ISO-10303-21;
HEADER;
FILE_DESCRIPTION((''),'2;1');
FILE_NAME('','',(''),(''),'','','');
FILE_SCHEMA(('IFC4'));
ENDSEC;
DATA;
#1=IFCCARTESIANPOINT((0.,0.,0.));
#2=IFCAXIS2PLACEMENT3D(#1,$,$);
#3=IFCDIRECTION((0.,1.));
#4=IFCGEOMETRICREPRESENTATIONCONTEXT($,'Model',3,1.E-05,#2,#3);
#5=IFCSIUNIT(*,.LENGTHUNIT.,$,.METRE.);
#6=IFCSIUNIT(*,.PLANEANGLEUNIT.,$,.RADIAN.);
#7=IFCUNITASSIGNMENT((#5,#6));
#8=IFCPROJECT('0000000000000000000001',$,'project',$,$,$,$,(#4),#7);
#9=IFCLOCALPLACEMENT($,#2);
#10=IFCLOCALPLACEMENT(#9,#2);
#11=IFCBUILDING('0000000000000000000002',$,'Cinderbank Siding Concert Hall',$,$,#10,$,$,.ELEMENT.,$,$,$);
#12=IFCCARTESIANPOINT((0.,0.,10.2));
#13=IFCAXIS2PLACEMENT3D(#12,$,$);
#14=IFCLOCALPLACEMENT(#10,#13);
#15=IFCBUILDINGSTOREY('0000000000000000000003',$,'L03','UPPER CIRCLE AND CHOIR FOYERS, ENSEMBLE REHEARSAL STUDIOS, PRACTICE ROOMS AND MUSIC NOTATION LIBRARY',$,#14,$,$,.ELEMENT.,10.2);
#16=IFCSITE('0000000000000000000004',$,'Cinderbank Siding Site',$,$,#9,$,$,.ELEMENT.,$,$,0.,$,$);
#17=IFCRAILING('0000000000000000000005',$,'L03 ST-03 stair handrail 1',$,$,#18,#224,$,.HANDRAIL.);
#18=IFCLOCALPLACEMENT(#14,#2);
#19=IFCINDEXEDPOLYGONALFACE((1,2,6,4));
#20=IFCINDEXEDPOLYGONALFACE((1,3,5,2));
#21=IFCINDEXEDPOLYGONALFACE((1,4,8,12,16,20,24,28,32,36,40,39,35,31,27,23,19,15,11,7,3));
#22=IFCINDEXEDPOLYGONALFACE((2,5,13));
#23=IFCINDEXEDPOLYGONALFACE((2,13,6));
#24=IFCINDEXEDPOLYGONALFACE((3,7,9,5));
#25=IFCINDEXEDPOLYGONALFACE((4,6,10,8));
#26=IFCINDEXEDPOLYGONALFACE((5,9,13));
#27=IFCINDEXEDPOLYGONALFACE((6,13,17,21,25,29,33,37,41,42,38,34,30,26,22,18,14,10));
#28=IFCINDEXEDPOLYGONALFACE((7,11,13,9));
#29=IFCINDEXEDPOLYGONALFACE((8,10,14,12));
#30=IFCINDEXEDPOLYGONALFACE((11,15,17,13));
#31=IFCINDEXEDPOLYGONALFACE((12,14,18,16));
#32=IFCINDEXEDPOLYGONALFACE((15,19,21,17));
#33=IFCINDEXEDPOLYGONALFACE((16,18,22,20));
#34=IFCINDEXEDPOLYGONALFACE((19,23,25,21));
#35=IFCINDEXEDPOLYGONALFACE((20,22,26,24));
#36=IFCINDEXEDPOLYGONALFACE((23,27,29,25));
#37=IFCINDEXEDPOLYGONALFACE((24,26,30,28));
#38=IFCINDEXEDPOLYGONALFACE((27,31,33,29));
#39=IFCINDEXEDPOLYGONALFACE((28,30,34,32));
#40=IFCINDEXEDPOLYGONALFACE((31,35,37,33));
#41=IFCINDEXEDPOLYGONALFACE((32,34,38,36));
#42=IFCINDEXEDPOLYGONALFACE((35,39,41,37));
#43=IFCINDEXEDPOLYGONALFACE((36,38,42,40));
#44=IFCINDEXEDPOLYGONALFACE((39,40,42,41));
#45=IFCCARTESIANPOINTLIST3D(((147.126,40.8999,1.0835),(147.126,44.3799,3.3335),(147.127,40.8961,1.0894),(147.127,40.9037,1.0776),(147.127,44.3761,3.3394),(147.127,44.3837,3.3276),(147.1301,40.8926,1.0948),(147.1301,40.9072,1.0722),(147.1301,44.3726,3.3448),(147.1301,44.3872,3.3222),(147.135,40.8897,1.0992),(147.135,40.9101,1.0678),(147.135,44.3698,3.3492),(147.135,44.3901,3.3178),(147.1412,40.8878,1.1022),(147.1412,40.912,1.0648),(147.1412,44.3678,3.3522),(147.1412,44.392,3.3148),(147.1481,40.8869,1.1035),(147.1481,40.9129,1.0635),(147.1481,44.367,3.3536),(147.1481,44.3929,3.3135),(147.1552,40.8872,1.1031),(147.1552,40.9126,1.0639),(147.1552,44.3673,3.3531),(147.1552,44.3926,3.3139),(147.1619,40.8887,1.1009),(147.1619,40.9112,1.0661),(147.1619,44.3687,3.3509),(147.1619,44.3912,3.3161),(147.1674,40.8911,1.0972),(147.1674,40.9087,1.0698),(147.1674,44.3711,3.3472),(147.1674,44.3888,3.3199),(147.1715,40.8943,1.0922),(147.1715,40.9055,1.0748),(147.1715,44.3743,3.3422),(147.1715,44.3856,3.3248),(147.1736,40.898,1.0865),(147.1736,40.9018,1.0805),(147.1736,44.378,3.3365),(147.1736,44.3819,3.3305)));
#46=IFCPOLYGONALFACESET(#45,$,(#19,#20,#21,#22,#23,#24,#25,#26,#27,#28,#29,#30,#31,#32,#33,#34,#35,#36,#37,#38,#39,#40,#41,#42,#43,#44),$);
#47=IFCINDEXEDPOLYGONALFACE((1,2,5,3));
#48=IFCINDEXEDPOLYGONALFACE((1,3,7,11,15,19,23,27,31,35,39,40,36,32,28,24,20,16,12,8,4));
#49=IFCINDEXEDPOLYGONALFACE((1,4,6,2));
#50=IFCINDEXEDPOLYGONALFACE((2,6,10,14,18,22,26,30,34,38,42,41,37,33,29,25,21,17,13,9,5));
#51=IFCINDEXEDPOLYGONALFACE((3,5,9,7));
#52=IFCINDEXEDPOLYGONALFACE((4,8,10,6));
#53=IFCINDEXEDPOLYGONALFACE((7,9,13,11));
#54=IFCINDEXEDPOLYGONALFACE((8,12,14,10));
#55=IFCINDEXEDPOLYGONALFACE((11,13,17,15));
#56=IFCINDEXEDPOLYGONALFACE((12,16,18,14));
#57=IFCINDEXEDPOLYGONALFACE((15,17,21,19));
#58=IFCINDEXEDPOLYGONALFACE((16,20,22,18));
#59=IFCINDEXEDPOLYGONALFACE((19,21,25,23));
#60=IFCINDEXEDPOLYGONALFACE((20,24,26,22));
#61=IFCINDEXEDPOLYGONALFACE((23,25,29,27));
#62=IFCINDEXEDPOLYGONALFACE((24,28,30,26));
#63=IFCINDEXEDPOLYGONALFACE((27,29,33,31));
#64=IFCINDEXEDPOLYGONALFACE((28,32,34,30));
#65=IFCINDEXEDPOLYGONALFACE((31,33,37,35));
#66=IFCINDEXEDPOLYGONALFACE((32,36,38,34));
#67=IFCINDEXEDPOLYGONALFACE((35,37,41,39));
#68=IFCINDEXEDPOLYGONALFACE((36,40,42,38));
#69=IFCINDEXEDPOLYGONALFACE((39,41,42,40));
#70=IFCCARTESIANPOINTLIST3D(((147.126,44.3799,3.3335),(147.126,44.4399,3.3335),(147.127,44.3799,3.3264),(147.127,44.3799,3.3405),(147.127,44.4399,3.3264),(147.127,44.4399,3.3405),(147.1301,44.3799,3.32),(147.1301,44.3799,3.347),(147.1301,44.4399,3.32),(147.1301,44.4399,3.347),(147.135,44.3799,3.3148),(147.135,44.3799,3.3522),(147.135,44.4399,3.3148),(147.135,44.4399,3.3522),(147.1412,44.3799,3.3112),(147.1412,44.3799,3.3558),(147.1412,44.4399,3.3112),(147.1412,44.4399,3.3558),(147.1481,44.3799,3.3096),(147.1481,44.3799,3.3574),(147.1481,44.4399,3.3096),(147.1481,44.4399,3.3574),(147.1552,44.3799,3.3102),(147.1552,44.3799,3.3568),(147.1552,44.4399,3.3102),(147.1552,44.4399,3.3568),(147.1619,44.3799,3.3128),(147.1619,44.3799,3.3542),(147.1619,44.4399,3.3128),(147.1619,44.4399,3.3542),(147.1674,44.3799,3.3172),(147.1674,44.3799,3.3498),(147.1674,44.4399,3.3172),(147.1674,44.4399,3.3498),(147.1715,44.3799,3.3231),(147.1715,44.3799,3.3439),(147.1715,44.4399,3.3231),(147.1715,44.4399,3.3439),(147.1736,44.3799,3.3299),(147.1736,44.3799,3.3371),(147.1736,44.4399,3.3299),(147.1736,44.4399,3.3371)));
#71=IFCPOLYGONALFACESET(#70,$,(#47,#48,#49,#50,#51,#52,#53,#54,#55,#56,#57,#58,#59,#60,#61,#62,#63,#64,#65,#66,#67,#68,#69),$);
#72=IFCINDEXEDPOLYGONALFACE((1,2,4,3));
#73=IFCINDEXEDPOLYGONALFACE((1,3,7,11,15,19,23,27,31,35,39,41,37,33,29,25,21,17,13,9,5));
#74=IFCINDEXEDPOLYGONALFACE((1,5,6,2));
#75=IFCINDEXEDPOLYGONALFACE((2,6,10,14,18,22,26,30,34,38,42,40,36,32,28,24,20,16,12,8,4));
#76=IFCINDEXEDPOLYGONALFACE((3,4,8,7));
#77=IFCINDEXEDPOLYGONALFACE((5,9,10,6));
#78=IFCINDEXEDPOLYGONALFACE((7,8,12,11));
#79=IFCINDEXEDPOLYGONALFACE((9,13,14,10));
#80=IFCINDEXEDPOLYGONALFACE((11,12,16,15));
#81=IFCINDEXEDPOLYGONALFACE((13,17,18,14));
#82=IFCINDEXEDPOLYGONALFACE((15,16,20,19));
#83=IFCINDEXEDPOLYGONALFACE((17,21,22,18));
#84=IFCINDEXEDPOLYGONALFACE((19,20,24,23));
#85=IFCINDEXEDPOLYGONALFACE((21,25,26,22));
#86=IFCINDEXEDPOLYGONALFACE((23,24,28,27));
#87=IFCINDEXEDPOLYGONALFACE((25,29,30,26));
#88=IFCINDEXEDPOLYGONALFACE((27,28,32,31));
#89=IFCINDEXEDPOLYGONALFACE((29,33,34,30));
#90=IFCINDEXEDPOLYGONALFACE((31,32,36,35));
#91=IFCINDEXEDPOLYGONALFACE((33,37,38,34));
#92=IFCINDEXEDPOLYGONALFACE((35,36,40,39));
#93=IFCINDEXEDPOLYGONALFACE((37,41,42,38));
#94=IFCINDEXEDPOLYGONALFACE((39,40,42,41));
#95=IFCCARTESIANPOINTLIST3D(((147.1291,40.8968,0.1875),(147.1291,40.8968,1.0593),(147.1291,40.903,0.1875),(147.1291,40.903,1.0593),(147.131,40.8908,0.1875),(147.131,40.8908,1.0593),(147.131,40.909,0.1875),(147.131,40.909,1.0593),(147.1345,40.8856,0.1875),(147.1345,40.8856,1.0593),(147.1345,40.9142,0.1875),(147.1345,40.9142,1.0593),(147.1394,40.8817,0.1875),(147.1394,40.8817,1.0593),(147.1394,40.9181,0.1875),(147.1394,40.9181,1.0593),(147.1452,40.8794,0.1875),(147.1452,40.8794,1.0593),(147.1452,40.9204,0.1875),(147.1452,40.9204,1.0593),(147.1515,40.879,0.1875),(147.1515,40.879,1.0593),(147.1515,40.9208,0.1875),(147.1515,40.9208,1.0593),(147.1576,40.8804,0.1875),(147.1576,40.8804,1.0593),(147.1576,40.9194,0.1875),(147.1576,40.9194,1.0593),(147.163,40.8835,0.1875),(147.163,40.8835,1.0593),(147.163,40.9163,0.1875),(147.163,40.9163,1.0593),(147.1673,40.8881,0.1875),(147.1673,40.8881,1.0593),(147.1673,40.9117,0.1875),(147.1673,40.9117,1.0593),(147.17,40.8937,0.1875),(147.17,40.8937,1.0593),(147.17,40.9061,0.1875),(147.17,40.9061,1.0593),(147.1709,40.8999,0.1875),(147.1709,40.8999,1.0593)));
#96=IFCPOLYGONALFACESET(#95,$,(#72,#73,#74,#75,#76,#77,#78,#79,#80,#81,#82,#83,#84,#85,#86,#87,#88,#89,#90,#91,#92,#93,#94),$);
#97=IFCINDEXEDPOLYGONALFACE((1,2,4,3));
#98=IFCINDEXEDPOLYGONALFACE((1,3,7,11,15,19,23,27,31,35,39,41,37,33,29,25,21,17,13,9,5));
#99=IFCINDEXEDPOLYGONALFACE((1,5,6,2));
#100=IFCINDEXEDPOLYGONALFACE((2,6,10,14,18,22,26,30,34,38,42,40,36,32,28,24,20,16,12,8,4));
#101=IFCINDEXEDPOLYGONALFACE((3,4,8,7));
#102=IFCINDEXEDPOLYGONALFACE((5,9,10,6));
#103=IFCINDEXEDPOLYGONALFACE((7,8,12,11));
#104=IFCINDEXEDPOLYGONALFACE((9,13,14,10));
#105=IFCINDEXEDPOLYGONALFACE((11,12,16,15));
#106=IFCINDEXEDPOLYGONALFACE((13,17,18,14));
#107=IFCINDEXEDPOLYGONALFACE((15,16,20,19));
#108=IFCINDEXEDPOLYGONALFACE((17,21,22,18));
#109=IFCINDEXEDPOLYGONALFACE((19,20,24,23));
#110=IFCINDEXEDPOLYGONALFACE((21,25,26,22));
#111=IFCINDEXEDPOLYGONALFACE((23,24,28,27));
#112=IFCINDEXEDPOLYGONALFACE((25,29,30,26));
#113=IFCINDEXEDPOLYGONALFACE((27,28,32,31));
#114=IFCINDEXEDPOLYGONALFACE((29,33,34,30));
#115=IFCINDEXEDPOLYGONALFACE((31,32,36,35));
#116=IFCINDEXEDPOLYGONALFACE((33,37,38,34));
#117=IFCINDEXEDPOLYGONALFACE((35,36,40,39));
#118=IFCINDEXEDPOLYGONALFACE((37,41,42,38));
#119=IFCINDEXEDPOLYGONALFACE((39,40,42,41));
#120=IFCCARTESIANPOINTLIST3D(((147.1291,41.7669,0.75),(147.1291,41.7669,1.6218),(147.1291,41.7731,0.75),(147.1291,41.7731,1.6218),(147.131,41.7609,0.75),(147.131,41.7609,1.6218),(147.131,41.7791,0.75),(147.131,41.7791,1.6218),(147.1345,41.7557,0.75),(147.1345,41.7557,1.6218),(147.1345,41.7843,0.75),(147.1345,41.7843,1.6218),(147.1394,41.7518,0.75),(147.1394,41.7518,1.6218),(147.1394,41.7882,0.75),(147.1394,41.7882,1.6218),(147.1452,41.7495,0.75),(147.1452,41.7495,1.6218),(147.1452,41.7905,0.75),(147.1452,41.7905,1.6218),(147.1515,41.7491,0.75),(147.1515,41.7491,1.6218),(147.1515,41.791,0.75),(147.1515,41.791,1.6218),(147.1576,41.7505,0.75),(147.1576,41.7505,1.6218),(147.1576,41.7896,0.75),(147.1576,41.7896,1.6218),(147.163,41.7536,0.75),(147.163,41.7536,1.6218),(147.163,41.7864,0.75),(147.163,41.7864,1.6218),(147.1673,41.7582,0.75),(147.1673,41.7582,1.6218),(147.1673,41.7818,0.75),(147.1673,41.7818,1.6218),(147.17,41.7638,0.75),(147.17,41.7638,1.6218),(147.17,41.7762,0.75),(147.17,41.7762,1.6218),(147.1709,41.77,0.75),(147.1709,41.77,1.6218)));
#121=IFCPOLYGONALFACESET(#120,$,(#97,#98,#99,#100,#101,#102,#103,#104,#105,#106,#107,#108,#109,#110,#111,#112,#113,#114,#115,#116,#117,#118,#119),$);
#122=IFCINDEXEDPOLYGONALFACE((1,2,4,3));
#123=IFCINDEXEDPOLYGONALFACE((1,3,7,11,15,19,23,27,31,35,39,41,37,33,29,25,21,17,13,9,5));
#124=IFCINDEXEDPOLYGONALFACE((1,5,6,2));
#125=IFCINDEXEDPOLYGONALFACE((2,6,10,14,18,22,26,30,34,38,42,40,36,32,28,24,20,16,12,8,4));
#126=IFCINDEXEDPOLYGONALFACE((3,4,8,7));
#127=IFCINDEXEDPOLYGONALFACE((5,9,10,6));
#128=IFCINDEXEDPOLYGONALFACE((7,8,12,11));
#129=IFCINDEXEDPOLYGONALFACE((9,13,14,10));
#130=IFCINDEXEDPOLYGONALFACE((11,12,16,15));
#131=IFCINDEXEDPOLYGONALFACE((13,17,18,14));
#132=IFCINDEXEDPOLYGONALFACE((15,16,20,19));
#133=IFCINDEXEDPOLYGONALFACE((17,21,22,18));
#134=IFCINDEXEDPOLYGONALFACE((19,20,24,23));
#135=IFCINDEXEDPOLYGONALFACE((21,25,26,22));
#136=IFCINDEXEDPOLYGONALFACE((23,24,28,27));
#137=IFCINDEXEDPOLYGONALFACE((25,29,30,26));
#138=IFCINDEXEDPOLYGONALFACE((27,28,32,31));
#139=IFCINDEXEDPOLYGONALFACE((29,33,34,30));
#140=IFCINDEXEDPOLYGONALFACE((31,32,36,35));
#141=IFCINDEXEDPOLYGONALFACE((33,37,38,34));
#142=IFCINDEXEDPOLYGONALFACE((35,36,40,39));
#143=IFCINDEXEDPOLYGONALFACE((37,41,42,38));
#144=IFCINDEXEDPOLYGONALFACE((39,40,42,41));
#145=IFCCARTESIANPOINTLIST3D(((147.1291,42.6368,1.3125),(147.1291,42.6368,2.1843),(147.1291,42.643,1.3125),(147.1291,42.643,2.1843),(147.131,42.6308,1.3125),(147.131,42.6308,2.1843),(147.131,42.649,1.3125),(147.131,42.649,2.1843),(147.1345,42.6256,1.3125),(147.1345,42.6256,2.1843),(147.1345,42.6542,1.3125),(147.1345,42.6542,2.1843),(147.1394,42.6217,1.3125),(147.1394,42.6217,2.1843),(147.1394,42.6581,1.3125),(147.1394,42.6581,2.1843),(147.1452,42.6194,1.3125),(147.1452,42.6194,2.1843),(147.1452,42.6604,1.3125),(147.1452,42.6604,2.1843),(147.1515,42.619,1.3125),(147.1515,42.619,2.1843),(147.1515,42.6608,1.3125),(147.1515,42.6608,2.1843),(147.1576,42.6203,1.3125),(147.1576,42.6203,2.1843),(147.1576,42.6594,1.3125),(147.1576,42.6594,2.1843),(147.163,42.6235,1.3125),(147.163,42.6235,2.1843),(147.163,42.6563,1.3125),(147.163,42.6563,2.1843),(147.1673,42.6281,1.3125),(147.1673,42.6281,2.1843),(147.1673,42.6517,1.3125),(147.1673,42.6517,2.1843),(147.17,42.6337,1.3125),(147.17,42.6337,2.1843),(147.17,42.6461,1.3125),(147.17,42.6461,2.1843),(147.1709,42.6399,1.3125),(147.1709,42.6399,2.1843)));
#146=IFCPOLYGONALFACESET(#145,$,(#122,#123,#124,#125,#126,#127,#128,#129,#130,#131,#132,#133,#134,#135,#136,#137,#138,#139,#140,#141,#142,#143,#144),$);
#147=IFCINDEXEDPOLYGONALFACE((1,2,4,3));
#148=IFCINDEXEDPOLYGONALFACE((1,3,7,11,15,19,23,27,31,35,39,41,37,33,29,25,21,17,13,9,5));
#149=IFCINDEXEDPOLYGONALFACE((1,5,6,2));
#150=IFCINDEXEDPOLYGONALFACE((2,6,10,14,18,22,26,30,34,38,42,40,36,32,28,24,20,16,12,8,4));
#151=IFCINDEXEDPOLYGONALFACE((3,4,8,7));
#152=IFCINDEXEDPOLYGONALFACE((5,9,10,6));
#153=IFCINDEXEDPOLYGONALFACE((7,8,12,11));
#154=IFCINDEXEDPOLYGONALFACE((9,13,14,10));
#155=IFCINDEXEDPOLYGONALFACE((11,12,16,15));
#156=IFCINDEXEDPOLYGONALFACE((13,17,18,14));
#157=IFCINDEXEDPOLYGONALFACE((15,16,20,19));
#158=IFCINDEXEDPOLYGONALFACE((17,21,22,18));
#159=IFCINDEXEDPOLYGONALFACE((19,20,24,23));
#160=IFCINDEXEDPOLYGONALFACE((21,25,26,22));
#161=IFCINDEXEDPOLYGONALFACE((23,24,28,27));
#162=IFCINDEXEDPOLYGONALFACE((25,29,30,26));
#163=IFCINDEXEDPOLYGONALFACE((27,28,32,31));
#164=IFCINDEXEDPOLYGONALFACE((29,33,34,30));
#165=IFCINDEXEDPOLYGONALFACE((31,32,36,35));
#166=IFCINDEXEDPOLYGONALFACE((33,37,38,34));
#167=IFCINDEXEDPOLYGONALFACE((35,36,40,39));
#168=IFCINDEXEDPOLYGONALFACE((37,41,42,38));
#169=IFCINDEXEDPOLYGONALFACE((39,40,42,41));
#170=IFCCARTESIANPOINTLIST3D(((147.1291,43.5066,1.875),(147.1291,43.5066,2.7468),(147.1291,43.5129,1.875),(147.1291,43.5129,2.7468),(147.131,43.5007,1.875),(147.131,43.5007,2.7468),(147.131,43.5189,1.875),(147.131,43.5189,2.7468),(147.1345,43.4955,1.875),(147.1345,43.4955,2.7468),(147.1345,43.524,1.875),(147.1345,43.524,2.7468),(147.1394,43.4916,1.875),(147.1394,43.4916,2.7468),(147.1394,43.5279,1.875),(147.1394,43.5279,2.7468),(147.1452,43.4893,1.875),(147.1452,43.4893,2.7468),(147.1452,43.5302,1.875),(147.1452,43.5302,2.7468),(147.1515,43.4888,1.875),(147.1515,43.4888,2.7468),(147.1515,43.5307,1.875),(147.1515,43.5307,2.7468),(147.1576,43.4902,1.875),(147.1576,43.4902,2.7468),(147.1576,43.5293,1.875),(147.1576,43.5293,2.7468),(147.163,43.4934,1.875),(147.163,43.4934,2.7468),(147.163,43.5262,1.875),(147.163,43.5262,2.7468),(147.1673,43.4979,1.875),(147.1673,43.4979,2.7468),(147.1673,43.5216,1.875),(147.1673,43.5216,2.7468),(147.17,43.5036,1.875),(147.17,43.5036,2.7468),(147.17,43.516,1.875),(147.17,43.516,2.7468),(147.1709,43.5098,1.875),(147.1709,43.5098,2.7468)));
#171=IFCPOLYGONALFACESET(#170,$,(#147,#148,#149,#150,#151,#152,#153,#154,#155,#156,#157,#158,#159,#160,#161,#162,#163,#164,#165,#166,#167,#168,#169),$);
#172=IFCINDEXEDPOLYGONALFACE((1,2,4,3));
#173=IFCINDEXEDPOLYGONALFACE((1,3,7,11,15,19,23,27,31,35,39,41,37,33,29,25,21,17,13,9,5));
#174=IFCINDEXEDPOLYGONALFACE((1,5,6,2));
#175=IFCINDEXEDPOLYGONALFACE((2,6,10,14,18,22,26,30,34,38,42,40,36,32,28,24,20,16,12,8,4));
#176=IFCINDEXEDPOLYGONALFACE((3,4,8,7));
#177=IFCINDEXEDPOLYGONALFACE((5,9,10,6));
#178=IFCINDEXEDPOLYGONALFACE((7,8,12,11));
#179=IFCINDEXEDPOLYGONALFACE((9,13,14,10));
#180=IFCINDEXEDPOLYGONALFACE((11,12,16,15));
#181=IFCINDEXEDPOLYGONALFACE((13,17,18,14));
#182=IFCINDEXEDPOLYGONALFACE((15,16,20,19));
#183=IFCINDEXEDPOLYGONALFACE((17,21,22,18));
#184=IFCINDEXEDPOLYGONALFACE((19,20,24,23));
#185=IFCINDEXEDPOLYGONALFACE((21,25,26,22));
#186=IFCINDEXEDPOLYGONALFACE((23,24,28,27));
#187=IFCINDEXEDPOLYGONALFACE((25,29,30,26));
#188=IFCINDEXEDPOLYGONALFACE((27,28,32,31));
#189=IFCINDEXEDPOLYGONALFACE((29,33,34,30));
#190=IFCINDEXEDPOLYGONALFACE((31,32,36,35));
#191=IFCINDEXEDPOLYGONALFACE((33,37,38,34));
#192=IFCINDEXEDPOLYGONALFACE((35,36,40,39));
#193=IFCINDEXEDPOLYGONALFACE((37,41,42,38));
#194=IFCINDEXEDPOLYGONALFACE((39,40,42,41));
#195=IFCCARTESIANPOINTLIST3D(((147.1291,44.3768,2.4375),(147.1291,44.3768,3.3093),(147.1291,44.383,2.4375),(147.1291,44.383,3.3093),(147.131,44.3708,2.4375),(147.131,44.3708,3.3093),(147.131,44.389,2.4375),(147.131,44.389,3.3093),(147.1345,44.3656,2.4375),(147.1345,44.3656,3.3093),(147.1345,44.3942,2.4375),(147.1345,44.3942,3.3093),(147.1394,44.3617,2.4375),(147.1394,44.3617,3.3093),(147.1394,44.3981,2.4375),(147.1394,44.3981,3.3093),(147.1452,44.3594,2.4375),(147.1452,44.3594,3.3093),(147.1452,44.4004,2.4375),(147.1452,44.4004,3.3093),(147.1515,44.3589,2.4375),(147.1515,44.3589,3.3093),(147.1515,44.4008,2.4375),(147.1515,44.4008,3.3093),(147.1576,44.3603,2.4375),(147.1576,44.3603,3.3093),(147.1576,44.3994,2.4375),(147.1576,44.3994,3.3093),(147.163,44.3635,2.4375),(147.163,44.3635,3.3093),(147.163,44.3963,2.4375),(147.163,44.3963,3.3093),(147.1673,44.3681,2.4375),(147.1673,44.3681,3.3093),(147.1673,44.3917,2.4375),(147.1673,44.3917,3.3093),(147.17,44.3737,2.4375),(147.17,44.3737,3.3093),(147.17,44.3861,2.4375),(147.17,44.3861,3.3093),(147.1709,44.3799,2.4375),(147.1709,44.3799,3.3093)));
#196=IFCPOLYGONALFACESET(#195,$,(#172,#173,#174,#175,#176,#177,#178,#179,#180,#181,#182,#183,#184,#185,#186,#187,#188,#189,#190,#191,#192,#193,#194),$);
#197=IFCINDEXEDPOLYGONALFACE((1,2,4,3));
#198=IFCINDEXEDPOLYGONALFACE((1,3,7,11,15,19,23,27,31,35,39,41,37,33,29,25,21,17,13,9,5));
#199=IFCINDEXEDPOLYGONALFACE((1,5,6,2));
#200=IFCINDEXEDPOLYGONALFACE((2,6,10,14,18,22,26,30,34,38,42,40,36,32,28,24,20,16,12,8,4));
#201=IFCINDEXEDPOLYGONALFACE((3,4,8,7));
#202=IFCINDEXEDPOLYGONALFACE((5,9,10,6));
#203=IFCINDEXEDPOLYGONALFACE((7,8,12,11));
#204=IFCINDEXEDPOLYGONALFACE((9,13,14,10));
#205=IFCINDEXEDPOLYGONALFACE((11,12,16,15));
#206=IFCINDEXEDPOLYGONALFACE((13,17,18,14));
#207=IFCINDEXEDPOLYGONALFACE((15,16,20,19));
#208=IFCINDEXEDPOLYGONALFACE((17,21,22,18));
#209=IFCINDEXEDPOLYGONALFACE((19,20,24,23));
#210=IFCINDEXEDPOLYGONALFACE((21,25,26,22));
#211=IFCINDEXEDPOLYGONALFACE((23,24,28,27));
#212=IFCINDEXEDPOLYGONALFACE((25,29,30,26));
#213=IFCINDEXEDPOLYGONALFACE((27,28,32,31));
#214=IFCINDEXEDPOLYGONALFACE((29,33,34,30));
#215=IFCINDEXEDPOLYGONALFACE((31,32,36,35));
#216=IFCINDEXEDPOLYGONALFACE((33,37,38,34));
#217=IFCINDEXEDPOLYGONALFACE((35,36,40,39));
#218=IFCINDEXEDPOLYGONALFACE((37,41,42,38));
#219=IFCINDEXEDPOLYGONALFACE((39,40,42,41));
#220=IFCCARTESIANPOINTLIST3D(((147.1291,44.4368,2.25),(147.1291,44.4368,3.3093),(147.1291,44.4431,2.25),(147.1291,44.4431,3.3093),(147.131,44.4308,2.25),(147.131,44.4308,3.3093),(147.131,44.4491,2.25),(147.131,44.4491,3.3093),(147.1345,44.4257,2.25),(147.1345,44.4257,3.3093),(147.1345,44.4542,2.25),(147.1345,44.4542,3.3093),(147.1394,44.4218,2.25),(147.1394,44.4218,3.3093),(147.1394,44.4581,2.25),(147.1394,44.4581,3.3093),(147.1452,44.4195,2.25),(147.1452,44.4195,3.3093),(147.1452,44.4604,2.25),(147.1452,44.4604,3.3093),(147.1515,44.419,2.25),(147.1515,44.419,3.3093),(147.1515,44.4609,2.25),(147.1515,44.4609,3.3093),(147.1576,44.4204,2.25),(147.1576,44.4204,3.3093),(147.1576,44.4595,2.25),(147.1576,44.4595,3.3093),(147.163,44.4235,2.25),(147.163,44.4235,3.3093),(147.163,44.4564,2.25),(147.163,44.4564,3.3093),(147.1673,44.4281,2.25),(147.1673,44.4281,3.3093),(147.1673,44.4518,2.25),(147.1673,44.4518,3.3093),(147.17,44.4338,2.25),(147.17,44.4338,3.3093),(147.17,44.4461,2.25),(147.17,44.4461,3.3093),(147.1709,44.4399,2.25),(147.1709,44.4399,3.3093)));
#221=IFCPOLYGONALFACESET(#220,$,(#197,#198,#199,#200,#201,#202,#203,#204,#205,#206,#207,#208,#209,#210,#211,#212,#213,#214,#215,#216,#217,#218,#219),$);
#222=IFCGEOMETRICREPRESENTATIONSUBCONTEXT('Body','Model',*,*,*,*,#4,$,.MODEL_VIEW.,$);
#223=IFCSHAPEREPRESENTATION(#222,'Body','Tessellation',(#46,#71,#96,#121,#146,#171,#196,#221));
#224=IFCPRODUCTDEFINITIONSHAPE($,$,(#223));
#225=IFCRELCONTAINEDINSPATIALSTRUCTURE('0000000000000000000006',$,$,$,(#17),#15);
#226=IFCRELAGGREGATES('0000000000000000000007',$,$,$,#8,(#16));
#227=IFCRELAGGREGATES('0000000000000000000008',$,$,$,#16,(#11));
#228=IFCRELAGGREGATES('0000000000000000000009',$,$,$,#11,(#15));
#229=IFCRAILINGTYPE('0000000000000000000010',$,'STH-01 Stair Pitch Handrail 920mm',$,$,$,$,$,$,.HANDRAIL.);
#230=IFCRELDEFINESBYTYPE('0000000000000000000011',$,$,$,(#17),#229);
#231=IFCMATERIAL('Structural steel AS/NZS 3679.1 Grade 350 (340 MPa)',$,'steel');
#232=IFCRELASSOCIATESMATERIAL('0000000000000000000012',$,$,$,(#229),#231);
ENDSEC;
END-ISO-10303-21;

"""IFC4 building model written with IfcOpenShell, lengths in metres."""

from ifc_helpers import new_model, si_unit, direction, frame, origin, origin_2d, place, context, subcontext, project, spatial, circle, extrude, material, type_object, element, save


model = new_model("IFC4")

# Units and contexts
model_context = context("Model", 3, precision=1e-05, world=origin(), true_north=direction((0.0, 1.0)))
body_context = subcontext(model_context, "Body", "Model", "MODEL_VIEW")
ifc_project = project(units=[si_unit("LENGTHUNIT", "METRE"), si_unit("PLANEANGLEUNIT", "RADIAN")], contexts=[model_context])

# Site, building, storey
site_placement = place(None, origin())
site = spatial("IfcSite", under=ifc_project, at=site_placement, Name="Cinderbank Siding Site", CompositionType="ELEMENT", RefElevation=0.0)
building_placement = place(site_placement, origin())
building = spatial("IfcBuilding", under=site, at=building_placement, Name="Cinderbank Siding Concert Hall", CompositionType="ELEMENT")
storey_placement = place(building_placement, frame((0.0, 0.0, 10.2)))
storey = spatial("IfcBuildingStorey", under=building, at=storey_placement, Name="L03", Description="UPPER CIRCLE AND CHOIR FOYERS, ENSEMBLE REHEARSAL STUDIOS, PRACTICE ROOMS AND MUSIC NOTATION LIBRARY", CompositionType="ELEMENT", Elevation=10.2)

# Shared definitions
ifc_material_1 = material(Name="Structural steel AS/NZS 3679.1 Grade 350 (340 MPa)", Category="steel")

# Railing
railing_type_1 = type_object("IfcRailingType", Name="STH-01 Stair Pitch Handrail 920mm", PredefinedType="HANDRAIL", material=ifc_material_1)
railing_1_placement = place(storey_placement, frame((147.1499, 40.8999, 0.1875)))
element("IfcRailing", 1, at=railing_1_placement, inside=storey, type_object=railing_type_1, Name="L03 ST-03 stair handrail 1", PredefinedType="HANDRAIL", context=body_context, shape_type="SweptSolid", body=[
    extrude(circle(Radius=0.0239, at=origin_2d()), frame((0.0, 0.0, 0.896), z_axis=(0.0, 0.839763, 0.542953), x_axis=(-1.0, 0.0, 0.0)), (0.0, 0.0, 1.0), 4.144),
    extrude(circle(Radius=0.0239, at=origin_2d()), frame((0.0, 3.48, 3.146), z_axis=(0.0, 1.0, 0.0), x_axis=(-1.0, 0.0, 0.0)), (0.0, 0.0, 1.0), 0.0601),
    extrude(circle(Radius=0.021, at=origin_2d()), origin(), (0.0, 0.0, 1.0), 0.8718),
    extrude(circle(Radius=0.021, at=origin_2d()), frame((0.0, 0.8701, 0.5625)), (0.0, 0.0, 1.0), 0.8718),
    extrude(circle(Radius=0.021, at=origin_2d()), frame((0.0, 1.74, 1.125)), (0.0, 0.0, 1.0), 0.8718),
    extrude(circle(Radius=0.021, at=origin_2d()), frame((0.0, 2.6099, 1.6875)), (0.0, 0.0, 1.0), 0.8718),
    extrude(circle(Radius=0.021, at=origin_2d()), frame((0.0, 3.48, 2.25)), (0.0, 0.0, 1.0), 0.8718),
    extrude(circle(Radius=0.021, at=origin_2d()), frame((0.0, 3.54, 2.0625)), (0.0, 0.0, 1.0), 1.0593),
])

save(model, "model.ifc")
